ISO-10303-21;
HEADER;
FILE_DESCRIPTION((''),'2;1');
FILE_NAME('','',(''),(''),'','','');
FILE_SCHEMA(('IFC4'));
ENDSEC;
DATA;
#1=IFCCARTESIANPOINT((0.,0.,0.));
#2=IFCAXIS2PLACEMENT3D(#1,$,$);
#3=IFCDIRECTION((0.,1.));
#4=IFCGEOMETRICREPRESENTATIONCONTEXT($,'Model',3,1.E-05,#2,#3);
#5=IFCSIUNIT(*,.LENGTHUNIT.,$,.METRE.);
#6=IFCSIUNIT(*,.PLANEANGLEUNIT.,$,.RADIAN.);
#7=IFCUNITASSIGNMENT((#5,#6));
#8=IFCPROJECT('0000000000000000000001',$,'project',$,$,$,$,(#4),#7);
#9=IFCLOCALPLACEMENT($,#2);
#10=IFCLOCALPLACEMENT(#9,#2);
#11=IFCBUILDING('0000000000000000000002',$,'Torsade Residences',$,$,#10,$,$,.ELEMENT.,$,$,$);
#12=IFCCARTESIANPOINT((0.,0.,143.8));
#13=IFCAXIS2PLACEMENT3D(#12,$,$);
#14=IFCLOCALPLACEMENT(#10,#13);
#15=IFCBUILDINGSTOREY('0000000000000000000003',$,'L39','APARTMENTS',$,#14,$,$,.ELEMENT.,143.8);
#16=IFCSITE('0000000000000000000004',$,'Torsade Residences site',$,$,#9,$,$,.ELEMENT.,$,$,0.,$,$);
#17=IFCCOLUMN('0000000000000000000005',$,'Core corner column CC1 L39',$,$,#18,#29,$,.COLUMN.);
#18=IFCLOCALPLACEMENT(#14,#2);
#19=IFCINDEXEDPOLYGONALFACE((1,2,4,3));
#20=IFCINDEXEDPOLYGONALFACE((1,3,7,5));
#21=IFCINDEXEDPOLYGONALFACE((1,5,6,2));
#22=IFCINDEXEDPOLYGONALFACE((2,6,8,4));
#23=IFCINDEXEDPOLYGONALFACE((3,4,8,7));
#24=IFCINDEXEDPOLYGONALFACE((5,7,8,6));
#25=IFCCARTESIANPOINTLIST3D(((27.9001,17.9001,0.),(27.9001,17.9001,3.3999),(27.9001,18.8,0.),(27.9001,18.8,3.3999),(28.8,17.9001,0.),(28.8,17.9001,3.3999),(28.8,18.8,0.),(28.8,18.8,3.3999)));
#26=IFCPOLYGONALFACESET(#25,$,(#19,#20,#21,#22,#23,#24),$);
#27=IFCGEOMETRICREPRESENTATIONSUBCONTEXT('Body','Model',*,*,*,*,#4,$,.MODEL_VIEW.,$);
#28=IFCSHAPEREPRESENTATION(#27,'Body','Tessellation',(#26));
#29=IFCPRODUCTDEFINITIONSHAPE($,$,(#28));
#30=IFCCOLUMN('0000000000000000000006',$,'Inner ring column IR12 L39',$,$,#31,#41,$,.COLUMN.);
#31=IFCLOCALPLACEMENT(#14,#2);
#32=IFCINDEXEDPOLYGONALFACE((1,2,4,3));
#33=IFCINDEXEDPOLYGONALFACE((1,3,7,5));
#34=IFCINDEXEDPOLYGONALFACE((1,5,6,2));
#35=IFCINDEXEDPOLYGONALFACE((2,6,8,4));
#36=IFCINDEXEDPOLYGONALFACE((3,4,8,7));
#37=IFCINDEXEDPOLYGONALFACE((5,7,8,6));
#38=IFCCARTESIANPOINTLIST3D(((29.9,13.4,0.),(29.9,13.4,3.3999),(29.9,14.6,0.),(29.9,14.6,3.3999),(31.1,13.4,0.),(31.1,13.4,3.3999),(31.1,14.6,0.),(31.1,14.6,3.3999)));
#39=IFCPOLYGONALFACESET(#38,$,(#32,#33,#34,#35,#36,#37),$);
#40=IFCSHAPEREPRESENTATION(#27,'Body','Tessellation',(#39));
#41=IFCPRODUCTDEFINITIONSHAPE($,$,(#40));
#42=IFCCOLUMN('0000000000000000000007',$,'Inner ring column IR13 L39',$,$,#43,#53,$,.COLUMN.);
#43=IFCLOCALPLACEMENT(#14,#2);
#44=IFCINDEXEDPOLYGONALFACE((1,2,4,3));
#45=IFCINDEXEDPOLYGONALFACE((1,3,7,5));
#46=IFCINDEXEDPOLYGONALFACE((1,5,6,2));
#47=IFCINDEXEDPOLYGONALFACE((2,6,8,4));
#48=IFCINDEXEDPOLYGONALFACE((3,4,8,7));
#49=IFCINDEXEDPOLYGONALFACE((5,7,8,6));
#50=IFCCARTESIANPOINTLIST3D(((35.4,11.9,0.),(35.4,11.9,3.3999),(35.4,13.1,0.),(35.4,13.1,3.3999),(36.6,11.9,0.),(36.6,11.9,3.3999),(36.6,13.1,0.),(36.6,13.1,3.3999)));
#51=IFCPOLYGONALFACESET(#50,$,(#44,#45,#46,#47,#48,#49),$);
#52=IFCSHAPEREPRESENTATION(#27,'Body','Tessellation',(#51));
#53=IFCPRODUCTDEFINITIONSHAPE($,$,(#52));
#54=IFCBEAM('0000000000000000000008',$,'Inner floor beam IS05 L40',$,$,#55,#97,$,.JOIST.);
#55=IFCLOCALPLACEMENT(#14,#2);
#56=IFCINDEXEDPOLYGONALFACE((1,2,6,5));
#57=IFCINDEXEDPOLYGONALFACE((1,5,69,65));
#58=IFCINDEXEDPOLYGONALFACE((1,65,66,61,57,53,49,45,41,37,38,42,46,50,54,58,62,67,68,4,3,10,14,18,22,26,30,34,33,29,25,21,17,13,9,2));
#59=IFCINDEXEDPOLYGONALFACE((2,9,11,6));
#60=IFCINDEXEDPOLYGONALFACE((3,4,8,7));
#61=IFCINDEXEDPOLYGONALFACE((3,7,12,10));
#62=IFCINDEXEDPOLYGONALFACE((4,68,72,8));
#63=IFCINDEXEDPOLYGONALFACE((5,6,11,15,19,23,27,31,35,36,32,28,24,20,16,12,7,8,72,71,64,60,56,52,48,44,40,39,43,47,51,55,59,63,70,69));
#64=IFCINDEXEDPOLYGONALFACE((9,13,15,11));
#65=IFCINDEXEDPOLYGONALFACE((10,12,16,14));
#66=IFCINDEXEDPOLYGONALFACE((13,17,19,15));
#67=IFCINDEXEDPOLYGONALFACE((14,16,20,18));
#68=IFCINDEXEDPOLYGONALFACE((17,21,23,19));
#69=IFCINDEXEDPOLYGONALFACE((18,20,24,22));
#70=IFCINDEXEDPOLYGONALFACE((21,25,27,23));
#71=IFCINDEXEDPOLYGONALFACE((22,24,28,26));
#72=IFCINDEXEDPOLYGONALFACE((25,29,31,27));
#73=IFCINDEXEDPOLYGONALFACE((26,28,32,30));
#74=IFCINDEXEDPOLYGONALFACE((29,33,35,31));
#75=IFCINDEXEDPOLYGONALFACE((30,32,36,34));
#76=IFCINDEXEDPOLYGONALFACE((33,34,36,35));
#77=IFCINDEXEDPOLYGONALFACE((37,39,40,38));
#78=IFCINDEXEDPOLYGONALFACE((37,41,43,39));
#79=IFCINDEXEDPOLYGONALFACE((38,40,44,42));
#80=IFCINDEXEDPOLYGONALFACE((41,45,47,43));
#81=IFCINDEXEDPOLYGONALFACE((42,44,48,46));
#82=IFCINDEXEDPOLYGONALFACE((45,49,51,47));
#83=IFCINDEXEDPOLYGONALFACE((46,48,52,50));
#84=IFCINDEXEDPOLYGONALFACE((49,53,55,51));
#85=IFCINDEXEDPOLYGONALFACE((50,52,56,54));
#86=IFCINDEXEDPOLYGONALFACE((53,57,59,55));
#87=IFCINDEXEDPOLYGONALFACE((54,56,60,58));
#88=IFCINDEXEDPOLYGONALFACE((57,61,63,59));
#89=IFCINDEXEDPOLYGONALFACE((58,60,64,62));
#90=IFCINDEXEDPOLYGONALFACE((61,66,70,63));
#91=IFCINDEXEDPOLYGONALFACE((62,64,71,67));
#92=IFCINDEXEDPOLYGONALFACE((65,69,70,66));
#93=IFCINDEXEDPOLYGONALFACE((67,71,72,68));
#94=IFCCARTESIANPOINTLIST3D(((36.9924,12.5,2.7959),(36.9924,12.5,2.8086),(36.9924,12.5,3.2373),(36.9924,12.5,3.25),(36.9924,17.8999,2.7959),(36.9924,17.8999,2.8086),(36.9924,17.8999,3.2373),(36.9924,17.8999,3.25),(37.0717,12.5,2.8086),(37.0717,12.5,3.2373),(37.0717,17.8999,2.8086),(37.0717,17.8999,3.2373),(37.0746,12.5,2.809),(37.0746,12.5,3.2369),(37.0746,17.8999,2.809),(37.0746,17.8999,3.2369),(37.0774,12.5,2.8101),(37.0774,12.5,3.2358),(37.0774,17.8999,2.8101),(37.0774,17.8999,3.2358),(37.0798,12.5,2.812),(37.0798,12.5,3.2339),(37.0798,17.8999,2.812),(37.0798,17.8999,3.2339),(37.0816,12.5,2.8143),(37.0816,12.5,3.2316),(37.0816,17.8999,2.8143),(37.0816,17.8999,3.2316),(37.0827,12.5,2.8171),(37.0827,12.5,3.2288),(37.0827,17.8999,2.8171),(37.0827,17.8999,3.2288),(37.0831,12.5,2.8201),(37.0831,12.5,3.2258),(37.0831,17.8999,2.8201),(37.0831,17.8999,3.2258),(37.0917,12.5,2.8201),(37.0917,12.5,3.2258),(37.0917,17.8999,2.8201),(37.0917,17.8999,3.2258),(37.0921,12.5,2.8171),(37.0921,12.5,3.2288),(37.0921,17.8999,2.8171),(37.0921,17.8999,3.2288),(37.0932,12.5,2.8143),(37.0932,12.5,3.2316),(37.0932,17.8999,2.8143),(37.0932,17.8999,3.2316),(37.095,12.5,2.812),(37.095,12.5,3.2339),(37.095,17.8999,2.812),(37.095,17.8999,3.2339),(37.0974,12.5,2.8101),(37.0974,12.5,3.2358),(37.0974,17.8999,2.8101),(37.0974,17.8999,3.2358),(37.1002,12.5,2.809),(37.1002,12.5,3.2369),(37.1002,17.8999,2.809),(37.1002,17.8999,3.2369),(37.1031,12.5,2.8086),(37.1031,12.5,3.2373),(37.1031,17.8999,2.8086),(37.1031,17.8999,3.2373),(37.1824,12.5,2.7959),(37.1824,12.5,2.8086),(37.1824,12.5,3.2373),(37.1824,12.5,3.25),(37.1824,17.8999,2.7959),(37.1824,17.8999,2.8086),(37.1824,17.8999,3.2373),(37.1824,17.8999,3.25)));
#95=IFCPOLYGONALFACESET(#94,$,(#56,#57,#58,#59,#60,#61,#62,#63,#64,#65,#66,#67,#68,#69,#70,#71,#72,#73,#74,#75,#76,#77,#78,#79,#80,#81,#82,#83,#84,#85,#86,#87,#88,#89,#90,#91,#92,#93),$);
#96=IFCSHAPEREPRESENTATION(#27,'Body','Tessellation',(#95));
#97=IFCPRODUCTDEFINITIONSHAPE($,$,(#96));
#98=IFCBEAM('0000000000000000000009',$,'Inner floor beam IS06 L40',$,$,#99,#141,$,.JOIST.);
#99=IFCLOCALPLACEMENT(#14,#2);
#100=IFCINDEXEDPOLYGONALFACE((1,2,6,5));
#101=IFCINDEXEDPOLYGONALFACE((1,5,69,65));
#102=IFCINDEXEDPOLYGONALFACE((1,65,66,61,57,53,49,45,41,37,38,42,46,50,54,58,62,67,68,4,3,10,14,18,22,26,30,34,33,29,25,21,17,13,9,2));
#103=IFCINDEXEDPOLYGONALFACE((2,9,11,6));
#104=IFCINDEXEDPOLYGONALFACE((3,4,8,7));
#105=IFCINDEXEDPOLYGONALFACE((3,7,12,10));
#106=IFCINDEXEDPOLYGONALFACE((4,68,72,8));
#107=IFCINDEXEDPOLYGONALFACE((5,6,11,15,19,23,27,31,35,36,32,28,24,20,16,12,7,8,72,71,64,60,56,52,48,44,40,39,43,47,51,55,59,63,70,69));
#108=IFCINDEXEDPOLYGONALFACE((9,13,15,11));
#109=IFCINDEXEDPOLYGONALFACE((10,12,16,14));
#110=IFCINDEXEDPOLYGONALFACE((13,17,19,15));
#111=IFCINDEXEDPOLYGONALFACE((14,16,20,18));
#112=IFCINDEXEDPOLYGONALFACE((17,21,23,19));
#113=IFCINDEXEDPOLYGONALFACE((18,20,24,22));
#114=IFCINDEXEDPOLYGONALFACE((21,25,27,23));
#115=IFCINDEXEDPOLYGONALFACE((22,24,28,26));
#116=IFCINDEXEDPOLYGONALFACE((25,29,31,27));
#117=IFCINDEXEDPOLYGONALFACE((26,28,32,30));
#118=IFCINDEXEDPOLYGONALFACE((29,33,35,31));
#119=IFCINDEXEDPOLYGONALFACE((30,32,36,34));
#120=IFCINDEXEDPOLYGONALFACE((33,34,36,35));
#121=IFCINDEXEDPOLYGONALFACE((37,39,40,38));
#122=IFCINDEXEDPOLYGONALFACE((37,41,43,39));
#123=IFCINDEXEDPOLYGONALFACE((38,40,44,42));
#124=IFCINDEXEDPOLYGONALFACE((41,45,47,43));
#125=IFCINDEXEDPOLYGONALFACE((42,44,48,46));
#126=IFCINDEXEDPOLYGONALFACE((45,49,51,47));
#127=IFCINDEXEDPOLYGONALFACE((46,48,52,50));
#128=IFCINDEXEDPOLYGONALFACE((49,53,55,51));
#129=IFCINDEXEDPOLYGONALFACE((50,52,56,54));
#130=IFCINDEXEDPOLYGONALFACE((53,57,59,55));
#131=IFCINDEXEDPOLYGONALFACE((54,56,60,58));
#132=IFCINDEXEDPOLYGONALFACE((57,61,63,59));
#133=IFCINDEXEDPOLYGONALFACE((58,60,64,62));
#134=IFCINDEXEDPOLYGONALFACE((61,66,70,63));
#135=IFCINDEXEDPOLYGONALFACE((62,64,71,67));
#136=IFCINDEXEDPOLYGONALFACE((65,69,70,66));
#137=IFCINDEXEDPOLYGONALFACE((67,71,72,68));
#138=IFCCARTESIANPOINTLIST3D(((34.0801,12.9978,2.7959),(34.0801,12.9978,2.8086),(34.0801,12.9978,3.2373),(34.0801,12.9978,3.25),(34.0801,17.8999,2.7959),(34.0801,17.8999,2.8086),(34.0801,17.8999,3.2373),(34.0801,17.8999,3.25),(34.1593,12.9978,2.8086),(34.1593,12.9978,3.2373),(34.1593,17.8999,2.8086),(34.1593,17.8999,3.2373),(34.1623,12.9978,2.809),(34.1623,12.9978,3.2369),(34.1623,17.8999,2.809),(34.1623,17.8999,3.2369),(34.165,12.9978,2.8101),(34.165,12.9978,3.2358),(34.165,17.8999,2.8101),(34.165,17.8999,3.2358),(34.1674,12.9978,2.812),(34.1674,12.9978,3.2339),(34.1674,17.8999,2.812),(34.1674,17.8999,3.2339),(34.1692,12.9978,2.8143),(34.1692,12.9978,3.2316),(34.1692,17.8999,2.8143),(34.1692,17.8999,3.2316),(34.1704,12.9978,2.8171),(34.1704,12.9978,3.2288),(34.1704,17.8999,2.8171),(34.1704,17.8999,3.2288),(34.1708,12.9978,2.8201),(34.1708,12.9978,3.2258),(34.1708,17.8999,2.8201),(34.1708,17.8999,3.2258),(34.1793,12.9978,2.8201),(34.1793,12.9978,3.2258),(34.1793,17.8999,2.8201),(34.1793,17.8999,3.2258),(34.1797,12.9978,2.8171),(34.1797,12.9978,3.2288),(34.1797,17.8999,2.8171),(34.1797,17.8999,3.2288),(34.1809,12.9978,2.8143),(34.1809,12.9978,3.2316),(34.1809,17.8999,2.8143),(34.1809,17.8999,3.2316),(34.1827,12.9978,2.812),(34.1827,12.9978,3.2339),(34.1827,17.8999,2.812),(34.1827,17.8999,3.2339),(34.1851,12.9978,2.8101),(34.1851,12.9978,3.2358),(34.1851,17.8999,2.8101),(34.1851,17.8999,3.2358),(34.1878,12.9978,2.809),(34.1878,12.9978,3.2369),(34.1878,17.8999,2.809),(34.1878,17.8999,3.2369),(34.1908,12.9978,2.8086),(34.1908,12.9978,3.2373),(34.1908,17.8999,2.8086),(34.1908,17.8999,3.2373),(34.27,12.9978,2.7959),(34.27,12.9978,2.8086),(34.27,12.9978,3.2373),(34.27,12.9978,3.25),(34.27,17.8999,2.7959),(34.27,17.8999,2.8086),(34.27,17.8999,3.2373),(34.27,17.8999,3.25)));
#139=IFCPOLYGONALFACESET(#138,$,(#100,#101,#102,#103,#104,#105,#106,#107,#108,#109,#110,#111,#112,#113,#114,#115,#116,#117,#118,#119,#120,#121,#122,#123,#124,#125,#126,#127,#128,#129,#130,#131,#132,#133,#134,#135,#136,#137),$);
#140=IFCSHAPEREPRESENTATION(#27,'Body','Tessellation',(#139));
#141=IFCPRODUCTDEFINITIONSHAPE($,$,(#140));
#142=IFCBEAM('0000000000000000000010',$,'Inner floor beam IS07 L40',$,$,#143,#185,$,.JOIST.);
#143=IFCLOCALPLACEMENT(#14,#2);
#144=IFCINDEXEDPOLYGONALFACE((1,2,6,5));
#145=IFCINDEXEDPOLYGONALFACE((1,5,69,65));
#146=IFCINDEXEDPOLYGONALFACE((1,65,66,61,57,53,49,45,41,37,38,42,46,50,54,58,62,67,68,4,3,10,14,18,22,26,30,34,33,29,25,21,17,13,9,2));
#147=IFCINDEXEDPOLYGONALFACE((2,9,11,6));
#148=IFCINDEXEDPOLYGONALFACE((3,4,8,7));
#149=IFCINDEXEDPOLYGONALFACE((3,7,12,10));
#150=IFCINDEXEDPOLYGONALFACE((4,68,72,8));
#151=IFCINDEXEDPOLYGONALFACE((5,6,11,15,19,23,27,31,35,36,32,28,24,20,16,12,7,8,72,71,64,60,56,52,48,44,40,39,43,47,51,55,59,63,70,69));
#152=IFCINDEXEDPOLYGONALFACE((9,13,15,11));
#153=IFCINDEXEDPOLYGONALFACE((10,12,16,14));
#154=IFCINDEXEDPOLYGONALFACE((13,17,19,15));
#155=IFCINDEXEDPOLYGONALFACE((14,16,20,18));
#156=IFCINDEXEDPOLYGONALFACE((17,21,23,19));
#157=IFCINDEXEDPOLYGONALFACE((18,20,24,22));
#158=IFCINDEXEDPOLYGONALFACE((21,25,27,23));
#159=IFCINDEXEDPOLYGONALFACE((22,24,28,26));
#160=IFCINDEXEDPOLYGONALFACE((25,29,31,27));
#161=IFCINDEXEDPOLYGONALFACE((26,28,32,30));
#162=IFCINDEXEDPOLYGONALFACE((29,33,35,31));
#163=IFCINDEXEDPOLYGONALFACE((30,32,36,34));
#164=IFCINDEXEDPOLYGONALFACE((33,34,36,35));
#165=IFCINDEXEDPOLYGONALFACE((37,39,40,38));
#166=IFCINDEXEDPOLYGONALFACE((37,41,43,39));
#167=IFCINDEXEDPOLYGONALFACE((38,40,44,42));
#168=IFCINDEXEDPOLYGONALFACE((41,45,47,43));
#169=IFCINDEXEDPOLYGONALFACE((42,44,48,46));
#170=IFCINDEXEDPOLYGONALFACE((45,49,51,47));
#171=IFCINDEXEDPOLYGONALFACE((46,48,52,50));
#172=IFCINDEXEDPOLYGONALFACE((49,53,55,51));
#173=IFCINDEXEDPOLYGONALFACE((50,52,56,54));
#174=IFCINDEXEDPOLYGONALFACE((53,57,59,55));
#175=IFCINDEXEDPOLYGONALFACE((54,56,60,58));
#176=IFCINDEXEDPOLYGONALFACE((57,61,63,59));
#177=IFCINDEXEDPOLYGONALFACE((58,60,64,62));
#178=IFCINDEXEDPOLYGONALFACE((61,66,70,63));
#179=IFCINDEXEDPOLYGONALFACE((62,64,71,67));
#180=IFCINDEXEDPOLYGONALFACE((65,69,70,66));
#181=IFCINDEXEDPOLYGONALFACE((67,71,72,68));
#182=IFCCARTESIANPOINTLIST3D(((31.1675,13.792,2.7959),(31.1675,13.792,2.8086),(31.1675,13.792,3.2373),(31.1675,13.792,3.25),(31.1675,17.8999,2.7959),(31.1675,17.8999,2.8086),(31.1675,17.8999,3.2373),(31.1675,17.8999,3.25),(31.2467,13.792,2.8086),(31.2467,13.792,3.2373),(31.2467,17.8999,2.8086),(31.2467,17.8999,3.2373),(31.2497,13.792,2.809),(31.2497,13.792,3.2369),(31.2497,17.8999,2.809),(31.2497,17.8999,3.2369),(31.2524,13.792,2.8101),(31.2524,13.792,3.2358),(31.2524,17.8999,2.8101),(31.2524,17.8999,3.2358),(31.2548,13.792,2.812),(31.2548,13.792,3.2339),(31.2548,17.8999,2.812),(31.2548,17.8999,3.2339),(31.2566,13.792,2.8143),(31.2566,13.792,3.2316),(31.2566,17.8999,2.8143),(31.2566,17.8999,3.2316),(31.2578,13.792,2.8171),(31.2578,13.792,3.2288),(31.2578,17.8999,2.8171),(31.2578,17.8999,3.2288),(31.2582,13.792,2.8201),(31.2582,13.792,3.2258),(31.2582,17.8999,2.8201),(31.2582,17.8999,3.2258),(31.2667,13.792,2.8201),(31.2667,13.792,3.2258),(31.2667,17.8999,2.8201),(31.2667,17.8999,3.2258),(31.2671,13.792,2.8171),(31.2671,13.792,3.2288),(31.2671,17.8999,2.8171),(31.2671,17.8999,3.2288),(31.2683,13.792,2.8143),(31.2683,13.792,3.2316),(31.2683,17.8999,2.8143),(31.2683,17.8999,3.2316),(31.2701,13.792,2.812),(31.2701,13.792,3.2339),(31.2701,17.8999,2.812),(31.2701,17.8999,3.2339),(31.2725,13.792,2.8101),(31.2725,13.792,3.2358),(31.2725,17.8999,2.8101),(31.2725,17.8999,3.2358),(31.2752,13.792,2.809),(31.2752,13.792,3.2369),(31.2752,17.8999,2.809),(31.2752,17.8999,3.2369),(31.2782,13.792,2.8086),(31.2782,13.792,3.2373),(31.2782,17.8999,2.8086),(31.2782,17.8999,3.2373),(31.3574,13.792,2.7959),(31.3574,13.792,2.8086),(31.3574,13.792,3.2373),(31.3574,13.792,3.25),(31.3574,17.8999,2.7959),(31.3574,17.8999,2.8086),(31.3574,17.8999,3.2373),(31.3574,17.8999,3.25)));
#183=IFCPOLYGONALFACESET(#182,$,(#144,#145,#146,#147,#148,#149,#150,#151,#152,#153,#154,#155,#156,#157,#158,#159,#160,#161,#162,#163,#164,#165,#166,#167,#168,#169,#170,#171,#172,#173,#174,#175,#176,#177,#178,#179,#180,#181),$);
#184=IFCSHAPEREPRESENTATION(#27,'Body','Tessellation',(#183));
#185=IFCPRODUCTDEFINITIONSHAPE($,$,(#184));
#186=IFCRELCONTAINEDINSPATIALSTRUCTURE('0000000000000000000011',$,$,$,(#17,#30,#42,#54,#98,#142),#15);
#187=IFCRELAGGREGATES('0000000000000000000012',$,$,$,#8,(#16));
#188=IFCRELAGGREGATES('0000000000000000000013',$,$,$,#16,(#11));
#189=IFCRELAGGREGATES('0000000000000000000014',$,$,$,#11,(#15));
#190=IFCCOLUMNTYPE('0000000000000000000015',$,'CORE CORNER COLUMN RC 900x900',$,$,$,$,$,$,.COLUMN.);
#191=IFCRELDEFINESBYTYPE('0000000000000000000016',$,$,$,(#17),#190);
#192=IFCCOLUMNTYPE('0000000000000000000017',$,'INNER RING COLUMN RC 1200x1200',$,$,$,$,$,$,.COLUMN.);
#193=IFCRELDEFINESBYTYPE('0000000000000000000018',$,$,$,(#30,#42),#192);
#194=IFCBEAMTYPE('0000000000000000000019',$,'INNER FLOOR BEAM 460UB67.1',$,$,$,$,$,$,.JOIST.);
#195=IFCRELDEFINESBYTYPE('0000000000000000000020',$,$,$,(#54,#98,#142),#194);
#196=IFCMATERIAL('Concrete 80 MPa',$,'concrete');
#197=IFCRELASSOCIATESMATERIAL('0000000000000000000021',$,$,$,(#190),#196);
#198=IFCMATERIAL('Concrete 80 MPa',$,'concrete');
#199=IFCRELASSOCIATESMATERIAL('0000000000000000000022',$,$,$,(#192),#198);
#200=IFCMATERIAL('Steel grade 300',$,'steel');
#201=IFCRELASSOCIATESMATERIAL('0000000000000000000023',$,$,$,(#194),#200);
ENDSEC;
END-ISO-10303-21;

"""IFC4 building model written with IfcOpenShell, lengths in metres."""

from ifc_helpers import new_model, si_unit, direction, frame, origin, origin_2d, place, context, subcontext, project, spatial, rectangle, i_section, extrude, material, material_profile, profile_set, type_object, element, save


model = new_model("IFC4")

# Units and contexts
model_context = context("Model", 3, precision=1e-05, world=origin(), true_north=direction((0.0, 1.0)))
body_context = subcontext(model_context, "Body", "Model", "MODEL_VIEW")
ifc_project = project(units=[si_unit("LENGTHUNIT", "METRE"), si_unit("PLANEANGLEUNIT", "RADIAN")], contexts=[model_context])

# Site, building, storey
site_placement = place(None, origin())
site = spatial("IfcSite", under=ifc_project, at=site_placement, Name="Torsade Residences site", CompositionType="ELEMENT", RefElevation=0.0)
building_placement = place(site_placement, origin())
building = spatial("IfcBuilding", under=site, at=building_placement, Name="Torsade Residences", CompositionType="ELEMENT")
storey_placement = place(building_placement, frame((0.0, 0.0, 143.8)))
storey = spatial("IfcBuildingStorey", under=building, at=storey_placement, Name="L39", Description="APARTMENTS", CompositionType="ELEMENT", Elevation=143.8)

# Columns
ifc_material_1 = material(Name="Concrete 80 MPa", Category="concrete")
ifc_material_profile_1 = material_profile(ifc_material_1, rectangle(XDim=0.8999, YDim=0.8999, at=origin_2d()), Name="RC 900x900")
ifc_profile_set_1 = profile_set([ifc_material_profile_1], Name="Concrete 80 MPa")
column_type_1 = type_object("IfcColumnType", Name="CORE CORNER COLUMN RC 900x900", PredefinedType="COLUMN", material=ifc_profile_set_1)
column_placement = place(storey_placement, frame((28.3501, 18.3501, 0.0), z_axis=(0.0, 0.0, 1.0), x_axis=(1.0, 0.0, 0.0)))
element("IfcColumn", 1, at=column_placement, inside=storey, type_object=column_type_1, Name="Core corner column CC1 L39", PredefinedType="COLUMN", context=body_context, shape_type="SweptSolid", body=[
    extrude(rectangle(XDim=0.8999, YDim=0.8999, at=origin_2d()), origin(), (0.0, 0.0, 1.0), 3.3999),
])
ifc_material_2 = material(Name="Concrete 80 MPa", Category="concrete")
ifc_material_profile_2 = material_profile(ifc_material_2, rectangle(XDim=1.2, YDim=1.2, at=origin_2d()), Name="RC 1200x1200")
ifc_profile_set_2 = profile_set([ifc_material_profile_2], Name="Concrete 80 MPa")
column_type_2 = type_object("IfcColumnType", Name="INNER RING COLUMN RC 1200x1200", PredefinedType="COLUMN", material=ifc_profile_set_2)
for number, where, z_axis, x_axis, name in (
    (2, (30.5, 14.0, 0.0), (0.0, 0.0, 1.0), (1.0, 0.0, 0.0), "Inner ring column IR12 L39"),
    (3, (36.0, 12.5, 0.0), (0.0, 0.0, 1.0), (1.0, 0.0, 0.0), "Inner ring column IR13 L39"),
):
    element("IfcColumn", number, at=place(storey_placement, frame(where, z_axis=z_axis, x_axis=x_axis)), inside=storey, type_object=column_type_2, Name=name, PredefinedType="COLUMN", context=body_context, shape_type="SweptSolid", body=[
        extrude(rectangle(XDim=1.2, YDim=1.2, at=origin_2d()), origin(), (0.0, 0.0, 1.0), 3.3999),
    ])

# Beams
ifc_material_3 = material(Name="Steel grade 300", Category="steel")
ifc_material_profile_3 = material_profile(ifc_material_3, i_section(OverallWidth=0.1899, OverallDepth=0.4541, WebThickness=0.0085, FlangeThickness=0.0127, FilletRadius=0.0115, at=origin_2d()), Name="460UB67.1")
ifc_profile_set_3 = profile_set([ifc_material_profile_3], Name="Steel grade 300")
beam_type_1 = type_object("IfcBeamType", Name="INNER FLOOR BEAM 460UB67.1", PredefinedType="JOIST", material=ifc_profile_set_3)
beam_1_placement = place(storey_placement, frame((37.0874, 17.8999, 3.0229), z_axis=(0.0, -1.0, 0.0), x_axis=(1.0, 0.0, 0.0)))
element("IfcBeam", 4, at=beam_1_placement, inside=storey, type_object=beam_type_1, Name="Inner floor beam IS05 L40", PredefinedType="JOIST", context=body_context, shape_type="SweptSolid", body=[
    extrude(i_section(OverallWidth=0.1899, OverallDepth=0.4541, WebThickness=0.0085, FlangeThickness=0.0127, FilletRadius=0.0115, at=origin_2d()), origin(), (0.0, 0.0, 1.0), 5.3999),
])
beam_2_placement = place(storey_placement, frame((34.175, 17.8999, 3.0229), z_axis=(0.0, -1.0, 0.0), x_axis=(1.0, 0.0, 0.0)))
element("IfcBeam", 5, at=beam_2_placement, inside=storey, type_object=beam_type_1, Name="Inner floor beam IS06 L40", PredefinedType="JOIST", context=body_context, shape_type="SweptSolid", body=[
    extrude(i_section(OverallWidth=0.1899, OverallDepth=0.4541, WebThickness=0.0085, FlangeThickness=0.0127, FilletRadius=0.0115, at=origin_2d()), origin(), (0.0, 0.0, 1.0), 4.9021),
])
beam_3_placement = place(storey_placement, frame((31.2625, 17.8999, 3.0229), z_axis=(0.0, -1.0, 0.0), x_axis=(1.0, 0.0, 0.0)))
element("IfcBeam", 6, at=beam_3_placement, inside=storey, type_object=beam_type_1, Name="Inner floor beam IS07 L40", PredefinedType="JOIST", context=body_context, shape_type="SweptSolid", body=[
    extrude(i_section(OverallWidth=0.1899, OverallDepth=0.4541, WebThickness=0.0085, FlangeThickness=0.0127, FilletRadius=0.0115, at=origin_2d()), origin(), (0.0, 0.0, 1.0), 4.1079),
])

save(model, "model.ifc")
